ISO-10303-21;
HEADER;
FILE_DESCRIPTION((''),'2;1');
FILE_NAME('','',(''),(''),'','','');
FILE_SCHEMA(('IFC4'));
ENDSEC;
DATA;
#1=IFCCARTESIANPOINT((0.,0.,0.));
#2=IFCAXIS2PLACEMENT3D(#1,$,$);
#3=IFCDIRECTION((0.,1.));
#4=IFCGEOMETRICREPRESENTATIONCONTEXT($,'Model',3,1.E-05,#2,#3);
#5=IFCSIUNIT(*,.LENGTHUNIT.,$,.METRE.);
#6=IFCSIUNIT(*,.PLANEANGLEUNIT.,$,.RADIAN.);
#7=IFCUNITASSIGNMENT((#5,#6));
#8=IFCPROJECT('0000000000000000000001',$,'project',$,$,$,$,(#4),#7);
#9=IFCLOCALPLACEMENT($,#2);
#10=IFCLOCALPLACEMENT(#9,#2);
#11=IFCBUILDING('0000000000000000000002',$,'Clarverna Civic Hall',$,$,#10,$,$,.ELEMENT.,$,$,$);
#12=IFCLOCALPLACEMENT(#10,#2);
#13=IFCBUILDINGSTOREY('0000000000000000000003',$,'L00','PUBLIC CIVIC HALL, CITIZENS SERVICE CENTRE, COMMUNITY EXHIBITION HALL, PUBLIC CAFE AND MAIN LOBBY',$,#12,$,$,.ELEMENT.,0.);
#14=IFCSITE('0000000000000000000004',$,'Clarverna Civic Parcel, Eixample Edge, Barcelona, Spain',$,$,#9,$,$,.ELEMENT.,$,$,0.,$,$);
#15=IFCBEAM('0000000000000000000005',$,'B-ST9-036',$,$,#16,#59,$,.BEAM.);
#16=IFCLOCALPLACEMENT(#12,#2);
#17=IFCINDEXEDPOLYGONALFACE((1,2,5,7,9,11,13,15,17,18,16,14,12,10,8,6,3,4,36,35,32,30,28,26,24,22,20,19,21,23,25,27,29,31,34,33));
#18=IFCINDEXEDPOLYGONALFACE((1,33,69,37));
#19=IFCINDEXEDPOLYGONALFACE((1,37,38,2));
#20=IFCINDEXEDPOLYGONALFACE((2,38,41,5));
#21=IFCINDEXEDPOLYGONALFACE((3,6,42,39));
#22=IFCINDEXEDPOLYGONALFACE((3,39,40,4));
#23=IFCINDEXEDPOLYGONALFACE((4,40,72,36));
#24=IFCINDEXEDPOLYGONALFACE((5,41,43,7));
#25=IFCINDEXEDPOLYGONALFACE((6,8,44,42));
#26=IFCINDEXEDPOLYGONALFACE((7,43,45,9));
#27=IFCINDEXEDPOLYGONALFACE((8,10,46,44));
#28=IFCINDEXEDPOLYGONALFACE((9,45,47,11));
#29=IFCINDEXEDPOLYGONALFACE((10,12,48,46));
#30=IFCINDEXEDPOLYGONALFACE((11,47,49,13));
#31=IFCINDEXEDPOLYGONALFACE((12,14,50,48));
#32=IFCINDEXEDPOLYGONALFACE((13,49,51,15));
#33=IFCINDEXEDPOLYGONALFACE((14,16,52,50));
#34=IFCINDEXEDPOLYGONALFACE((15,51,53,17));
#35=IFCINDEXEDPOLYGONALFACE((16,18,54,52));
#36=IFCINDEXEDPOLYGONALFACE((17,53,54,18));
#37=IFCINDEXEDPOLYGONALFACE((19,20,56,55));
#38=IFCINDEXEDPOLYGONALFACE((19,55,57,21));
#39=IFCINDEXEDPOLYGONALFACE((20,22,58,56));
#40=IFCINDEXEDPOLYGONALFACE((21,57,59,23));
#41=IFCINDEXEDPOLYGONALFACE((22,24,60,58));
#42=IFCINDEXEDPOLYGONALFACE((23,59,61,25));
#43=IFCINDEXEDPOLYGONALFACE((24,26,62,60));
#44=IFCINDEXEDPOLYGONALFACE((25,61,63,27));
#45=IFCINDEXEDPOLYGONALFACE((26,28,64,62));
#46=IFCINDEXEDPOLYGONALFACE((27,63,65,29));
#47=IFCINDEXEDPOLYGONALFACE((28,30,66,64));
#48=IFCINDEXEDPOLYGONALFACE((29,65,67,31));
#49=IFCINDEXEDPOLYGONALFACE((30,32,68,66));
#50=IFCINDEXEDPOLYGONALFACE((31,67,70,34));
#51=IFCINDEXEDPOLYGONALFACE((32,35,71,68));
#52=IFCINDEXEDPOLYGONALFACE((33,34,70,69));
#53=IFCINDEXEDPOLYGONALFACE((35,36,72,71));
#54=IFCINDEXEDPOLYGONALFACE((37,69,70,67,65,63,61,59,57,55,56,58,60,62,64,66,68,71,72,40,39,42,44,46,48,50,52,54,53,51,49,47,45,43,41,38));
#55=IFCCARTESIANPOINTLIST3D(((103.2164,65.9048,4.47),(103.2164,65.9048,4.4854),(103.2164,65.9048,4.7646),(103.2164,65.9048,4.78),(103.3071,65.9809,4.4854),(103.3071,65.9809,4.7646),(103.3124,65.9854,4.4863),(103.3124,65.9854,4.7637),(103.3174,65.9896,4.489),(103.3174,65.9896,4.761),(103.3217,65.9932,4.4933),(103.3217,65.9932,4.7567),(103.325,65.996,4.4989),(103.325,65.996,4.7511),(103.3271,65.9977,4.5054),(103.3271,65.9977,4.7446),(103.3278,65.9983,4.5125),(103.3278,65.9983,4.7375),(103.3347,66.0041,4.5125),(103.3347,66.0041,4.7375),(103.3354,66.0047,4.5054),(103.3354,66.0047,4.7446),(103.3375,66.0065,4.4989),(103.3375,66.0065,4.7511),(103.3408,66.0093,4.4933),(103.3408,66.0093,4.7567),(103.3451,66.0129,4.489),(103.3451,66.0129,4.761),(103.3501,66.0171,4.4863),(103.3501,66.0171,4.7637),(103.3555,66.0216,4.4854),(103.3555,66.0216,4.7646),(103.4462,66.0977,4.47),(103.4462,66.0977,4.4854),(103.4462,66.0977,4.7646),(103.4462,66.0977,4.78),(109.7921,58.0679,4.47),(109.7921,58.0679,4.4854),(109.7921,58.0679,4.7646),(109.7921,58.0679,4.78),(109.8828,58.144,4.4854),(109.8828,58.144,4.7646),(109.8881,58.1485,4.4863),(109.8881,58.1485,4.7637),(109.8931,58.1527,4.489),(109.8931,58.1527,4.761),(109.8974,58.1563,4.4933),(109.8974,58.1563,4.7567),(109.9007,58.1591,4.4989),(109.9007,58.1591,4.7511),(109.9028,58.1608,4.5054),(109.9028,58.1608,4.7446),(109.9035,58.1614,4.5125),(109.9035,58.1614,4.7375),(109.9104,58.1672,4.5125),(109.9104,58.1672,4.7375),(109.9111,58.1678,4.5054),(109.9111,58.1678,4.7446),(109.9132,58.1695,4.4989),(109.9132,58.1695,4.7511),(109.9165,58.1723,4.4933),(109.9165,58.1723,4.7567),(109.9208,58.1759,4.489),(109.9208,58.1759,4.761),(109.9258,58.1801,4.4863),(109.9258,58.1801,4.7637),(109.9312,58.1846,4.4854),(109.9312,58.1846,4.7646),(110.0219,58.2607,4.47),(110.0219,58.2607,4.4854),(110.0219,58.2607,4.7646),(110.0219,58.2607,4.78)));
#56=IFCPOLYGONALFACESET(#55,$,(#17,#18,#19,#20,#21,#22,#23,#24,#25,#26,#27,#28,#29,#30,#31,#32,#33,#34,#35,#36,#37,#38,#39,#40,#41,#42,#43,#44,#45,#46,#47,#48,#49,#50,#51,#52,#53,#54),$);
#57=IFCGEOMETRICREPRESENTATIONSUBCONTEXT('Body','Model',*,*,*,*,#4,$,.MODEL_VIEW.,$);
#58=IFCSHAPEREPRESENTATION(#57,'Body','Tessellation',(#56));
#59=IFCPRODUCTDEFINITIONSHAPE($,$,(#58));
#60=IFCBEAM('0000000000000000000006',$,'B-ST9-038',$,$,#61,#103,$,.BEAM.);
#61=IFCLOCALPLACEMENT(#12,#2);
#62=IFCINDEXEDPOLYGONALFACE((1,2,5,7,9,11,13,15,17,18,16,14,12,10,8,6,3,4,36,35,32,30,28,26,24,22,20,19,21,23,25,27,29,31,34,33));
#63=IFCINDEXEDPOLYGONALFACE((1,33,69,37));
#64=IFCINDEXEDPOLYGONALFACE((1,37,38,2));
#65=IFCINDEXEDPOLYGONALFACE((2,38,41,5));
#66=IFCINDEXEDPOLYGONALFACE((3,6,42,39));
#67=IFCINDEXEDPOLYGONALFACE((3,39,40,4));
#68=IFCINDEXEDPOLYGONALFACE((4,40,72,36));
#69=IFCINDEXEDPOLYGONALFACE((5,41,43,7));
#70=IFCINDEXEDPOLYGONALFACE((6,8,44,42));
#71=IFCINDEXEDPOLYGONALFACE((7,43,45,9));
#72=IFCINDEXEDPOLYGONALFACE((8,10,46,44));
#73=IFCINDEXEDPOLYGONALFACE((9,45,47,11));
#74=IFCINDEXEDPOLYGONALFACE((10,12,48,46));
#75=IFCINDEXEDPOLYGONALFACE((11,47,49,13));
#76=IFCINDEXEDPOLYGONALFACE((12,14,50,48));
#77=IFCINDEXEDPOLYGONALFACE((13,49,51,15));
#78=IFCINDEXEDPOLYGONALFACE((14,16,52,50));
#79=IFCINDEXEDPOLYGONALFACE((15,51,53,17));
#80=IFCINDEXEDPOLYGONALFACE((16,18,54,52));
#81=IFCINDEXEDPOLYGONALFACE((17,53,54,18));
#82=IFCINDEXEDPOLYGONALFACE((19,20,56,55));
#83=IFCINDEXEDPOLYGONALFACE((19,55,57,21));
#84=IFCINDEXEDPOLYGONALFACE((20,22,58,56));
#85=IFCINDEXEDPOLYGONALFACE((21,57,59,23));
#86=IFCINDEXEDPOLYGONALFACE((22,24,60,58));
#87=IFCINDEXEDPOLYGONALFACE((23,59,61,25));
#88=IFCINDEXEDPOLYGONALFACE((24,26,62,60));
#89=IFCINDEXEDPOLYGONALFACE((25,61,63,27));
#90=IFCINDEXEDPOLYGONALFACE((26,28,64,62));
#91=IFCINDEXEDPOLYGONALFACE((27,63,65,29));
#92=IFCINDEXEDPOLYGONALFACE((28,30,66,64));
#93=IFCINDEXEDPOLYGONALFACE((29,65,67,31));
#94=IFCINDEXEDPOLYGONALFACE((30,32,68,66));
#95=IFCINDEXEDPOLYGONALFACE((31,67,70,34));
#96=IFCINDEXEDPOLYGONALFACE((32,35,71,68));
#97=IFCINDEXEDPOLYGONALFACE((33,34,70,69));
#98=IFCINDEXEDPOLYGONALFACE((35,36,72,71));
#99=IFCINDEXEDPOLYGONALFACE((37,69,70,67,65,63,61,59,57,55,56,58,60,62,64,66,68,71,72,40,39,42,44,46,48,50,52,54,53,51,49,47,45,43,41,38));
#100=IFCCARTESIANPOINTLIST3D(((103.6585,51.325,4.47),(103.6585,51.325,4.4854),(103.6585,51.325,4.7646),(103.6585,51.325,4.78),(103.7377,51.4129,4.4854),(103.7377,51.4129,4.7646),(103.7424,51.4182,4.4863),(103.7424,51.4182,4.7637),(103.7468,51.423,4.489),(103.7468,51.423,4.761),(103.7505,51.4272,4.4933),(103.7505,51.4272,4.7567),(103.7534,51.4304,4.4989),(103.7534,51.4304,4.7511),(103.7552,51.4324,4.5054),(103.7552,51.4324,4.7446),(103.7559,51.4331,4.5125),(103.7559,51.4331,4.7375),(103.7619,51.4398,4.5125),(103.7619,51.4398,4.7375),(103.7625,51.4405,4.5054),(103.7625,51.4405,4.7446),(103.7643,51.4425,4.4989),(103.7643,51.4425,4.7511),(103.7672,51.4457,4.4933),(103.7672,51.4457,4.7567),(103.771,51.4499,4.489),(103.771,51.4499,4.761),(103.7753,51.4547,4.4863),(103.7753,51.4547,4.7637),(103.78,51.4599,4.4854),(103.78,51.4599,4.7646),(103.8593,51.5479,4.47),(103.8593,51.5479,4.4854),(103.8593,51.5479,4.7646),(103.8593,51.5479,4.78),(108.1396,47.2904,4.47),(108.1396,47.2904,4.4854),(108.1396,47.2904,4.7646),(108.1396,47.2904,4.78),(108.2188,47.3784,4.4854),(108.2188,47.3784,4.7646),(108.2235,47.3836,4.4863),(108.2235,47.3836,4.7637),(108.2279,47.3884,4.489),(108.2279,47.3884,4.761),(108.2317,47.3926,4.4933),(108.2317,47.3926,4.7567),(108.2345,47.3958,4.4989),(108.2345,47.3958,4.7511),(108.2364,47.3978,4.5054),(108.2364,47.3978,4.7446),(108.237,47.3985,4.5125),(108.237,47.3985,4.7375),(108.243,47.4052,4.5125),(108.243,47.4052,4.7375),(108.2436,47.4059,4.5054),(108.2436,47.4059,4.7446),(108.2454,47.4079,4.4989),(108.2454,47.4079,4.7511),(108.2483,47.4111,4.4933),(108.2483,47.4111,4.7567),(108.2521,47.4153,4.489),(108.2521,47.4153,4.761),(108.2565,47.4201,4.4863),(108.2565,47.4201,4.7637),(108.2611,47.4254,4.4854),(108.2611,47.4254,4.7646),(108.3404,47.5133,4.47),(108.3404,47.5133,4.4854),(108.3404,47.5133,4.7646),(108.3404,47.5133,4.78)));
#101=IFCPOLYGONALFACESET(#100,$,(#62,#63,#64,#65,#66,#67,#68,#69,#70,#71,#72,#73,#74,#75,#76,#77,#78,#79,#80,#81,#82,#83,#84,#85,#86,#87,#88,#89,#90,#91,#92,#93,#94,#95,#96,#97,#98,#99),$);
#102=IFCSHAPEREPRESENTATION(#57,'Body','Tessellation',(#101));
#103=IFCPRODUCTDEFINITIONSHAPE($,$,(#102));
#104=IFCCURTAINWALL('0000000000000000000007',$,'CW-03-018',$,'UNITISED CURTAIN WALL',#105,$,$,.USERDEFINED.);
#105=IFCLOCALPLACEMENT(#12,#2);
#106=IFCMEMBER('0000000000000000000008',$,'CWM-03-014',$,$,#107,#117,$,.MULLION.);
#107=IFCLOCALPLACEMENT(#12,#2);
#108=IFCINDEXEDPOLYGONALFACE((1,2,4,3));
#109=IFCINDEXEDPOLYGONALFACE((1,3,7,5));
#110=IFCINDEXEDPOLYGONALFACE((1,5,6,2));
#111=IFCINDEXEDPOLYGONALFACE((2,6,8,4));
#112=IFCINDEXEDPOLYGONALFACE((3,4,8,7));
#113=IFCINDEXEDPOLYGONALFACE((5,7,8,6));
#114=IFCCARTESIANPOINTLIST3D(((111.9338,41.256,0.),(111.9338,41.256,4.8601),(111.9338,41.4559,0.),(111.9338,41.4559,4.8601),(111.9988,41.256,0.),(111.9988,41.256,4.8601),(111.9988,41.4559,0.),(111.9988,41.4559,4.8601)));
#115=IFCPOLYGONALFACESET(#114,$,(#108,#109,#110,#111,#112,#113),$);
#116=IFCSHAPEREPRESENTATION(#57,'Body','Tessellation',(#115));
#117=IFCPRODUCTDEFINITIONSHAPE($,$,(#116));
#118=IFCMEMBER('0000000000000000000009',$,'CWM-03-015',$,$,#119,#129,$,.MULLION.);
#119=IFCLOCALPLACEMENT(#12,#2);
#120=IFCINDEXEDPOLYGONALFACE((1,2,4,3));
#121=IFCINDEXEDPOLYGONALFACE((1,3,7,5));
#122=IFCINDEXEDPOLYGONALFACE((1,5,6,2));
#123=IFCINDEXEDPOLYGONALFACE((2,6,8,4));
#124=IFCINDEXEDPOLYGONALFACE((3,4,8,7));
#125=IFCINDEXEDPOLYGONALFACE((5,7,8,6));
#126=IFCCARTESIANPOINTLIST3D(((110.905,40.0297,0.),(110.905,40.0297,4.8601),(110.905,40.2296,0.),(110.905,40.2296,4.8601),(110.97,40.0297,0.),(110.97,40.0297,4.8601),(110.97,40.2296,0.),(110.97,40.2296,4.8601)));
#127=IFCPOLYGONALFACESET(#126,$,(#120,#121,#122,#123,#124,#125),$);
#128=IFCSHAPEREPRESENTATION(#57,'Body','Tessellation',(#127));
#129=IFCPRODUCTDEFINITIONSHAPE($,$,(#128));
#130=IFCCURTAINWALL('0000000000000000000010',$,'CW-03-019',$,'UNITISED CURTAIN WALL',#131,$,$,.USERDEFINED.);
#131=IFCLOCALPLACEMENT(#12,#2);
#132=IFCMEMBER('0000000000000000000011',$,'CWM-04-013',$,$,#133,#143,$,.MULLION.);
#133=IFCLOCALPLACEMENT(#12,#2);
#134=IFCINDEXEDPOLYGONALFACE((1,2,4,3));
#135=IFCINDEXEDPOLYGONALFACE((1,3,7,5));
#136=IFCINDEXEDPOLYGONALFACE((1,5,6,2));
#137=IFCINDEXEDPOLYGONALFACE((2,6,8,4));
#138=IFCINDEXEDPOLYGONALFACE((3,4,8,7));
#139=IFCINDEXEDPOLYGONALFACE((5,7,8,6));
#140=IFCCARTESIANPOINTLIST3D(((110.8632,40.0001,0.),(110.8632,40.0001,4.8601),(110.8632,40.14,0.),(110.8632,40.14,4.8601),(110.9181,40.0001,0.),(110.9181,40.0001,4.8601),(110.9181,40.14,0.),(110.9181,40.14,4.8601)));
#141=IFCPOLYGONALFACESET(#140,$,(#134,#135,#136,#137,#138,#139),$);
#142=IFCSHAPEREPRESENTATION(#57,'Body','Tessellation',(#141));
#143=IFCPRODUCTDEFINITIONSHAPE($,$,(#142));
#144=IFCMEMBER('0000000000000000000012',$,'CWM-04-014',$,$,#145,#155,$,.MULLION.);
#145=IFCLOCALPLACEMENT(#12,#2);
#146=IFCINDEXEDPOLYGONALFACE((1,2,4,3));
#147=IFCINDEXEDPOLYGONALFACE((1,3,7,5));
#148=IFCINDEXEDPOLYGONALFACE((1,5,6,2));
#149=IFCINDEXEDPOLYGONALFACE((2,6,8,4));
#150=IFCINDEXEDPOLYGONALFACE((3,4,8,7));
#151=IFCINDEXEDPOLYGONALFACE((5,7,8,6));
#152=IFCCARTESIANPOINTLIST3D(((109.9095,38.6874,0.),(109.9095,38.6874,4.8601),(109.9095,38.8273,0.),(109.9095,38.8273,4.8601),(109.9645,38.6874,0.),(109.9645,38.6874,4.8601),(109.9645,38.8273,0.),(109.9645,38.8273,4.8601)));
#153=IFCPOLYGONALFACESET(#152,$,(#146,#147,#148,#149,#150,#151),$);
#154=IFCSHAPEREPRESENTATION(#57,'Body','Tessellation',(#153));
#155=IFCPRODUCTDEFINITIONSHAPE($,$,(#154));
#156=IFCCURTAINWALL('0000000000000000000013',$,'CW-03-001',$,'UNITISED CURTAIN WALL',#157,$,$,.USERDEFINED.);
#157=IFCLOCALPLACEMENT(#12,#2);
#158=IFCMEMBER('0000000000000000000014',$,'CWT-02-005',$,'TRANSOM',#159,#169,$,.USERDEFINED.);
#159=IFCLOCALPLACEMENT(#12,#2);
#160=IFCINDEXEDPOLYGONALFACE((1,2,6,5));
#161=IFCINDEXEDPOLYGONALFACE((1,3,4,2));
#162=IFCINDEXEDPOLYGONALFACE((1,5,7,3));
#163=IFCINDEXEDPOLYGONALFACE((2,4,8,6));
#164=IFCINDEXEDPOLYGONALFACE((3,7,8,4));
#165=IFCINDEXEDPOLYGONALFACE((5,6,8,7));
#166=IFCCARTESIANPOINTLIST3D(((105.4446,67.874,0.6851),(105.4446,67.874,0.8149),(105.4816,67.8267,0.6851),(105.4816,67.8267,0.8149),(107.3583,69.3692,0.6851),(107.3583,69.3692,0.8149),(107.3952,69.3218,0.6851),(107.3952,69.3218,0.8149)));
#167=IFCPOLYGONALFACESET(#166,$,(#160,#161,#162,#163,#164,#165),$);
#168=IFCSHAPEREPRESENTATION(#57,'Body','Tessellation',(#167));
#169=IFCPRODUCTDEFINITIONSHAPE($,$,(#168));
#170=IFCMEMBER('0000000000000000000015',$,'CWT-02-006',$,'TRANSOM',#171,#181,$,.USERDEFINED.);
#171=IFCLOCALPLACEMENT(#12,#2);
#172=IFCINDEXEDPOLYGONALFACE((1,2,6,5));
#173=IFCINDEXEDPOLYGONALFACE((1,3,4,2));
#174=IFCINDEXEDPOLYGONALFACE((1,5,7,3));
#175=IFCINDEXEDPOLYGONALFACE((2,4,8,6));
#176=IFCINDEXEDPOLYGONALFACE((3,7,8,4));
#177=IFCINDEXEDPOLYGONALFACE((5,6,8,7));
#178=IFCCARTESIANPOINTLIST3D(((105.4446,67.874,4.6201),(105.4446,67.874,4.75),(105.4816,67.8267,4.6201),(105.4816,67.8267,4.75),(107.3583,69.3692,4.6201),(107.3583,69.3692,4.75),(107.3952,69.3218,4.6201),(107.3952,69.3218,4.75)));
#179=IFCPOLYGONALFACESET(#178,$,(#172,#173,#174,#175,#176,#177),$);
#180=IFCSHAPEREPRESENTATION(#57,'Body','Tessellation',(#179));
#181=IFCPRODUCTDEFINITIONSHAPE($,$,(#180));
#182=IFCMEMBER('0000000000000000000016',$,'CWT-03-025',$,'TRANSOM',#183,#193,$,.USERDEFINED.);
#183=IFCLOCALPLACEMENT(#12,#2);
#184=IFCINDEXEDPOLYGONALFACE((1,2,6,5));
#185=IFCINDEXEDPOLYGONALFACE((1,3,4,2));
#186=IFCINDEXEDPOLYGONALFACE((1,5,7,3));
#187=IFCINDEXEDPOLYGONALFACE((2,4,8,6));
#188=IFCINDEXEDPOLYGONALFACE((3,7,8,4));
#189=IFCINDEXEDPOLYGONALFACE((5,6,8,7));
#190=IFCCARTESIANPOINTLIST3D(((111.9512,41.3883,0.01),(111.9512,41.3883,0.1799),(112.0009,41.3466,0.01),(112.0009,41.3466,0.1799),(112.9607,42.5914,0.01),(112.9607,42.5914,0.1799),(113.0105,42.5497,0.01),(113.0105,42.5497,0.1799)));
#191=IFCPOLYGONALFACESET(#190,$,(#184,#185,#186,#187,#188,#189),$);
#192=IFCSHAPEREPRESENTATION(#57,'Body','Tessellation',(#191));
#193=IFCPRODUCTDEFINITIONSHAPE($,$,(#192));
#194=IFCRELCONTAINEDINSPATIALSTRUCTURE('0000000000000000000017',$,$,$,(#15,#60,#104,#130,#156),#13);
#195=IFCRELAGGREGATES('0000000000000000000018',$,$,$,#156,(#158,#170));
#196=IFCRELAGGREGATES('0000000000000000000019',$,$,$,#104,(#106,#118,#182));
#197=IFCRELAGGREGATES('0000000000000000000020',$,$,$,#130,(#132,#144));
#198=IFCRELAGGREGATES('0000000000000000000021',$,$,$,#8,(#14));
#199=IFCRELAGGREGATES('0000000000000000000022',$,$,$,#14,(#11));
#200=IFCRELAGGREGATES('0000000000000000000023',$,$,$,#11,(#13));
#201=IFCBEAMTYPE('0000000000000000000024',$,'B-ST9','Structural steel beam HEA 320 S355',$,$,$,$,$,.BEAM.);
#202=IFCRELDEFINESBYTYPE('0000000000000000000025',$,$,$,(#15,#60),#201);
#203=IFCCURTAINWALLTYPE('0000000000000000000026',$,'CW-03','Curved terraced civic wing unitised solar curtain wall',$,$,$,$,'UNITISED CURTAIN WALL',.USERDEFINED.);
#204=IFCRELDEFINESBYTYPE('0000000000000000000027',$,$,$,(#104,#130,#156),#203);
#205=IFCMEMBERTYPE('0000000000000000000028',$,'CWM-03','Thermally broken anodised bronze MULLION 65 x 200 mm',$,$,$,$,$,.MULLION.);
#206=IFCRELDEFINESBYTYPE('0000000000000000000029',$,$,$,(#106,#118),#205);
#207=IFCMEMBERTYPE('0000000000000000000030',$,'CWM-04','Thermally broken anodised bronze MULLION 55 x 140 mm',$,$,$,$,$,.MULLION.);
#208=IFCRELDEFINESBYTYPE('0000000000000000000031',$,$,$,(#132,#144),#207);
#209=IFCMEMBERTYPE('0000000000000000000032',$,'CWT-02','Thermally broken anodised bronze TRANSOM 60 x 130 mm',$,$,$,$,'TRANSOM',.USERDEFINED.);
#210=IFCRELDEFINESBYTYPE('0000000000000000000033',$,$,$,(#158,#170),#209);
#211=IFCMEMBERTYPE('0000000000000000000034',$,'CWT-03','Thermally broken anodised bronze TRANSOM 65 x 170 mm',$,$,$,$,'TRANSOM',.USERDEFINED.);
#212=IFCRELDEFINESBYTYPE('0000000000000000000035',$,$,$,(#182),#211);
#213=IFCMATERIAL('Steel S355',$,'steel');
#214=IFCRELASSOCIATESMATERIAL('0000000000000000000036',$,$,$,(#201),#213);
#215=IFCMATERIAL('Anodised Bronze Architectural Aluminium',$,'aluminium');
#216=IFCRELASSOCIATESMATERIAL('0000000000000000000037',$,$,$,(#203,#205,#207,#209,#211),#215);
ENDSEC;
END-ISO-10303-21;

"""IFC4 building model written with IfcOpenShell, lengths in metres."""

from ifc_helpers import new_model, si_unit, direction, frame, origin, origin_2d, place, context, subcontext, project, spatial, rectangle, i_section, extrude, material, material_profile, profile_set, type_object, element, aggregate, save


model = new_model("IFC4")

# Units and contexts
model_context = context("Model", 3, precision=1e-05, world=origin(), true_north=direction((0.0, 1.0)))
body_context = subcontext(model_context, "Body", "Model", "MODEL_VIEW")
ifc_project = project(units=[si_unit("LENGTHUNIT", "METRE"), si_unit("PLANEANGLEUNIT", "RADIAN")], contexts=[model_context])

# Site, building, storey
site_placement = place(None, origin())
site = spatial("IfcSite", under=ifc_project, at=site_placement, Name="Clarverna Civic Parcel, Eixample Edge, Barcelona, Spain", CompositionType="ELEMENT", RefElevation=0.0)
building_placement = place(site_placement, origin())
building = spatial("IfcBuilding", under=site, at=building_placement, Name="Clarverna Civic Hall", CompositionType="ELEMENT")
storey_placement = place(building_placement, origin())
storey = spatial("IfcBuildingStorey", under=building, at=storey_placement, Name="L00", Description="PUBLIC CIVIC HALL, CITIZENS SERVICE CENTRE, COMMUNITY EXHIBITION HALL, PUBLIC CAFE AND MAIN LOBBY", CompositionType="ELEMENT", Elevation=0.0)

# Beams
ifc_material_1 = material(Name="Steel S355", Category="steel")
ifc_material_profile_1 = material_profile(ifc_material_1, i_section(OverallWidth=0.3, OverallDepth=0.3101, WebThickness=0.009, FlangeThickness=0.0154, FilletRadius=0.0271, at=origin_2d()), Name="HEA 320")
ifc_profile_set_1 = profile_set([ifc_material_profile_1], Name="Steel S355")
beam_type_1 = type_object("IfcBeamType", Name="B-ST9", Description="Structural steel beam HEA 320 S355", PredefinedType="BEAM", material=ifc_profile_set_1)
beam_1_placement = place(storey_placement, frame((109.907, 58.1643, 4.625), z_axis=(-0.642772, 0.766057, 0.0), x_axis=(-0.766057, -0.642772, 0.0)))
element("IfcBeam", 1, at=beam_1_placement, inside=storey, type_object=beam_type_1, Name="B-ST9-036", PredefinedType="BEAM", context=body_context, shape_type="SweptSolid", body=[
    extrude(i_section(OverallWidth=0.3, OverallDepth=0.3101, WebThickness=0.009, FlangeThickness=0.0154, FilletRadius=0.0271, at=origin_2d()), origin(), (0.0, 0.0, 1.0), 10.2302),
])
beam_2_placement = place(storey_placement, frame((108.24, 47.4019, 4.625), z_axis=(-0.743163, 0.66911, 0.0), x_axis=(-0.66911, -0.743163, 0.0)))
element("IfcBeam", 2, at=beam_2_placement, inside=storey, type_object=beam_type_1, Name="B-ST9-038", PredefinedType="BEAM", context=body_context, shape_type="SweptSolid", body=[
    extrude(i_section(OverallWidth=0.3, OverallDepth=0.3101, WebThickness=0.009, FlangeThickness=0.0154, FilletRadius=0.0271, at=origin_2d()), origin(), (0.0, 0.0, 1.0), 6.0298),
])

# Curtain walls, members
ifc_material_2 = material(Name="Anodised Bronze Architectural Aluminium", Category="aluminium")
curtain_wall_type = type_object("IfcCurtainWallType", Name="CW-03", Description="Curved terraced civic wing unitised solar curtain wall", ElementType="UNITISED CURTAIN WALL", PredefinedType="USERDEFINED", material=ifc_material_2)
curtain_wall_1_placement = place(storey_placement, origin())
curtain_wall_1 = element("IfcCurtainWall", 3, at=curtain_wall_1_placement, inside=storey, type_object=curtain_wall_type, Name="CW-03-018", ObjectType="UNITISED CURTAIN WALL", PredefinedType="USERDEFINED")
ifc_material_profile_2 = material_profile(ifc_material_2, rectangle(XDim=0.0649, YDim=0.2, at=origin_2d()), Name="BRONZE 65x200")
ifc_profile_set_2 = profile_set([ifc_material_profile_2], Name="Anodised Bronze Architectural Aluminium")
member_type_1 = type_object("IfcMemberType", Name="CWM-03", Description="Thermally broken anodised bronze MULLION 65 x 200 mm", PredefinedType="MULLION", material=ifc_profile_set_2)
member_1_placement = place(storey_placement, frame((111.9663, 41.356, 0.0), z_axis=(0.0, 0.0, 1.0), x_axis=(1.0, 0.0, 0.0)))
member_1 = element("IfcMember", 4, at=member_1_placement, type_object=member_type_1, Name="CWM-03-014", PredefinedType="MULLION", context=body_context, shape_type="SweptSolid", body=[
    extrude(rectangle(XDim=0.0649, YDim=0.2, at=origin_2d()), origin(), (0.0, 0.0, 1.0), 4.8601),
])
member_2_placement = place(storey_placement, frame((110.9375, 40.1296, 0.0), z_axis=(0.0, 0.0, 1.0), x_axis=(1.0, 0.0, 0.0)))
member_2 = element("IfcMember", 5, at=member_2_placement, type_object=member_type_1, Name="CWM-03-015", PredefinedType="MULLION", context=body_context, shape_type="SweptSolid", body=[
    extrude(rectangle(XDim=0.0649, YDim=0.2, at=origin_2d()), origin(), (0.0, 0.0, 1.0), 4.8601),
])
curtain_wall_2_placement = place(storey_placement, origin())
curtain_wall_2 = element("IfcCurtainWall", 6, at=curtain_wall_2_placement, inside=storey, type_object=curtain_wall_type, Name="CW-03-019", ObjectType="UNITISED CURTAIN WALL", PredefinedType="USERDEFINED")
ifc_material_profile_3 = material_profile(ifc_material_2, rectangle(XDim=0.0549, YDim=0.1399, at=origin_2d()), Name="BRONZE 55x140")
ifc_profile_set_3 = profile_set([ifc_material_profile_3], Name="Anodised Bronze Architectural Aluminium")
member_type_2 = type_object("IfcMemberType", Name="CWM-04", Description="Thermally broken anodised bronze MULLION 55 x 140 mm", PredefinedType="MULLION", material=ifc_profile_set_3)
member_3_placement = place(storey_placement, frame((110.8906, 40.0701, 0.0), z_axis=(0.0, 0.0, 1.0), x_axis=(1.0, 0.0, 0.0)))
member_3 = element("IfcMember", 7, at=member_3_placement, type_object=member_type_2, Name="CWM-04-013", PredefinedType="MULLION", context=body_context, shape_type="SweptSolid", body=[
    extrude(rectangle(XDim=0.0549, YDim=0.1399, at=origin_2d()), origin(), (0.0, 0.0, 1.0), 4.8601),
])
member_4_placement = place(storey_placement, frame((109.937, 38.7573, 0.0), z_axis=(0.0, 0.0, 1.0), x_axis=(1.0, 0.0, 0.0)))
member_4 = element("IfcMember", 8, at=member_4_placement, type_object=member_type_2, Name="CWM-04-014", PredefinedType="MULLION", context=body_context, shape_type="SweptSolid", body=[
    extrude(rectangle(XDim=0.0549, YDim=0.1399, at=origin_2d()), origin(), (0.0, 0.0, 1.0), 4.8601),
])
curtain_wall_3_placement = place(storey_placement, origin())
curtain_wall_3 = element("IfcCurtainWall", 9, at=curtain_wall_3_placement, inside=storey, type_object=curtain_wall_type, Name="CW-03-001", ObjectType="UNITISED CURTAIN WALL", PredefinedType="USERDEFINED")
ifc_material_profile_4 = material_profile(ifc_material_2, rectangle(XDim=0.0601, YDim=0.1299, at=origin_2d()), Name="BRONZE 60x130")
ifc_profile_set_4 = profile_set([ifc_material_profile_4], Name="Anodised Bronze Architectural Aluminium")
member_type_3 = type_object("IfcMemberType", Name="CWT-02", Description="Thermally broken anodised bronze TRANSOM 60 x 130 mm", ElementType="TRANSOM", PredefinedType="USERDEFINED", material=ifc_profile_set_4)
member_5_placement = place(storey_placement, frame((105.4631, 67.8503, 0.75), z_axis=(0.787997, 0.615679, 0.0), x_axis=(-0.615679, 0.787997, 0.0)))
member_5 = element("IfcMember", 10, at=member_5_placement, type_object=member_type_3, Name="CWT-02-005", ObjectType="TRANSOM", PredefinedType="USERDEFINED", context=body_context, shape_type="SweptSolid", body=[
    extrude(rectangle(XDim=0.0601, YDim=0.1299, at=origin_2d()), origin(), (0.0, 0.0, 1.0), 2.4285),
])
member_6_placement = place(storey_placement, frame((105.4631, 67.8503, 4.6851), z_axis=(0.787997, 0.615679, 0.0), x_axis=(-0.615679, 0.787997, 0.0)))
member_6 = element("IfcMember", 11, at=member_6_placement, type_object=member_type_3, Name="CWT-02-006", ObjectType="TRANSOM", PredefinedType="USERDEFINED", context=body_context, shape_type="SweptSolid", body=[
    extrude(rectangle(XDim=0.0601, YDim=0.1299, at=origin_2d()), origin(), (0.0, 0.0, 1.0), 2.4285),
])
aggregate(curtain_wall_3, [member_5, member_6])

# Member
ifc_material_profile_5 = material_profile(ifc_material_2, rectangle(XDim=0.0649, YDim=0.1699, at=origin_2d()), Name="BRONZE 65x170")
ifc_profile_set_5 = profile_set([ifc_material_profile_5], Name="Anodised Bronze Architectural Aluminium")
member_type_4 = type_object("IfcMemberType", Name="CWT-03", Description="Thermally broken anodised bronze TRANSOM 65 x 170 mm", ElementType="TRANSOM", PredefinedType="USERDEFINED", material=ifc_profile_set_5)
member_7_placement = place(storey_placement, frame((112.9856, 42.5706, 0.095), z_axis=(-0.64278, -0.766051, 0.0), x_axis=(0.766051, -0.64278, 0.0)))
member_7 = element("IfcMember", 12, at=member_7_placement, type_object=member_type_4, Name="CWT-03-025", ObjectType="TRANSOM", PredefinedType="USERDEFINED", context=body_context, shape_type="SweptSolid", body=[
    extrude(rectangle(XDim=0.0649, YDim=0.1699, at=origin_2d()), origin(), (0.0, 0.0, 1.0), 1.5706),
])

aggregate(curtain_wall_1, [member_1, member_2, member_7])
aggregate(curtain_wall_2, [member_3, member_4])

save(model, "model.ifc")
